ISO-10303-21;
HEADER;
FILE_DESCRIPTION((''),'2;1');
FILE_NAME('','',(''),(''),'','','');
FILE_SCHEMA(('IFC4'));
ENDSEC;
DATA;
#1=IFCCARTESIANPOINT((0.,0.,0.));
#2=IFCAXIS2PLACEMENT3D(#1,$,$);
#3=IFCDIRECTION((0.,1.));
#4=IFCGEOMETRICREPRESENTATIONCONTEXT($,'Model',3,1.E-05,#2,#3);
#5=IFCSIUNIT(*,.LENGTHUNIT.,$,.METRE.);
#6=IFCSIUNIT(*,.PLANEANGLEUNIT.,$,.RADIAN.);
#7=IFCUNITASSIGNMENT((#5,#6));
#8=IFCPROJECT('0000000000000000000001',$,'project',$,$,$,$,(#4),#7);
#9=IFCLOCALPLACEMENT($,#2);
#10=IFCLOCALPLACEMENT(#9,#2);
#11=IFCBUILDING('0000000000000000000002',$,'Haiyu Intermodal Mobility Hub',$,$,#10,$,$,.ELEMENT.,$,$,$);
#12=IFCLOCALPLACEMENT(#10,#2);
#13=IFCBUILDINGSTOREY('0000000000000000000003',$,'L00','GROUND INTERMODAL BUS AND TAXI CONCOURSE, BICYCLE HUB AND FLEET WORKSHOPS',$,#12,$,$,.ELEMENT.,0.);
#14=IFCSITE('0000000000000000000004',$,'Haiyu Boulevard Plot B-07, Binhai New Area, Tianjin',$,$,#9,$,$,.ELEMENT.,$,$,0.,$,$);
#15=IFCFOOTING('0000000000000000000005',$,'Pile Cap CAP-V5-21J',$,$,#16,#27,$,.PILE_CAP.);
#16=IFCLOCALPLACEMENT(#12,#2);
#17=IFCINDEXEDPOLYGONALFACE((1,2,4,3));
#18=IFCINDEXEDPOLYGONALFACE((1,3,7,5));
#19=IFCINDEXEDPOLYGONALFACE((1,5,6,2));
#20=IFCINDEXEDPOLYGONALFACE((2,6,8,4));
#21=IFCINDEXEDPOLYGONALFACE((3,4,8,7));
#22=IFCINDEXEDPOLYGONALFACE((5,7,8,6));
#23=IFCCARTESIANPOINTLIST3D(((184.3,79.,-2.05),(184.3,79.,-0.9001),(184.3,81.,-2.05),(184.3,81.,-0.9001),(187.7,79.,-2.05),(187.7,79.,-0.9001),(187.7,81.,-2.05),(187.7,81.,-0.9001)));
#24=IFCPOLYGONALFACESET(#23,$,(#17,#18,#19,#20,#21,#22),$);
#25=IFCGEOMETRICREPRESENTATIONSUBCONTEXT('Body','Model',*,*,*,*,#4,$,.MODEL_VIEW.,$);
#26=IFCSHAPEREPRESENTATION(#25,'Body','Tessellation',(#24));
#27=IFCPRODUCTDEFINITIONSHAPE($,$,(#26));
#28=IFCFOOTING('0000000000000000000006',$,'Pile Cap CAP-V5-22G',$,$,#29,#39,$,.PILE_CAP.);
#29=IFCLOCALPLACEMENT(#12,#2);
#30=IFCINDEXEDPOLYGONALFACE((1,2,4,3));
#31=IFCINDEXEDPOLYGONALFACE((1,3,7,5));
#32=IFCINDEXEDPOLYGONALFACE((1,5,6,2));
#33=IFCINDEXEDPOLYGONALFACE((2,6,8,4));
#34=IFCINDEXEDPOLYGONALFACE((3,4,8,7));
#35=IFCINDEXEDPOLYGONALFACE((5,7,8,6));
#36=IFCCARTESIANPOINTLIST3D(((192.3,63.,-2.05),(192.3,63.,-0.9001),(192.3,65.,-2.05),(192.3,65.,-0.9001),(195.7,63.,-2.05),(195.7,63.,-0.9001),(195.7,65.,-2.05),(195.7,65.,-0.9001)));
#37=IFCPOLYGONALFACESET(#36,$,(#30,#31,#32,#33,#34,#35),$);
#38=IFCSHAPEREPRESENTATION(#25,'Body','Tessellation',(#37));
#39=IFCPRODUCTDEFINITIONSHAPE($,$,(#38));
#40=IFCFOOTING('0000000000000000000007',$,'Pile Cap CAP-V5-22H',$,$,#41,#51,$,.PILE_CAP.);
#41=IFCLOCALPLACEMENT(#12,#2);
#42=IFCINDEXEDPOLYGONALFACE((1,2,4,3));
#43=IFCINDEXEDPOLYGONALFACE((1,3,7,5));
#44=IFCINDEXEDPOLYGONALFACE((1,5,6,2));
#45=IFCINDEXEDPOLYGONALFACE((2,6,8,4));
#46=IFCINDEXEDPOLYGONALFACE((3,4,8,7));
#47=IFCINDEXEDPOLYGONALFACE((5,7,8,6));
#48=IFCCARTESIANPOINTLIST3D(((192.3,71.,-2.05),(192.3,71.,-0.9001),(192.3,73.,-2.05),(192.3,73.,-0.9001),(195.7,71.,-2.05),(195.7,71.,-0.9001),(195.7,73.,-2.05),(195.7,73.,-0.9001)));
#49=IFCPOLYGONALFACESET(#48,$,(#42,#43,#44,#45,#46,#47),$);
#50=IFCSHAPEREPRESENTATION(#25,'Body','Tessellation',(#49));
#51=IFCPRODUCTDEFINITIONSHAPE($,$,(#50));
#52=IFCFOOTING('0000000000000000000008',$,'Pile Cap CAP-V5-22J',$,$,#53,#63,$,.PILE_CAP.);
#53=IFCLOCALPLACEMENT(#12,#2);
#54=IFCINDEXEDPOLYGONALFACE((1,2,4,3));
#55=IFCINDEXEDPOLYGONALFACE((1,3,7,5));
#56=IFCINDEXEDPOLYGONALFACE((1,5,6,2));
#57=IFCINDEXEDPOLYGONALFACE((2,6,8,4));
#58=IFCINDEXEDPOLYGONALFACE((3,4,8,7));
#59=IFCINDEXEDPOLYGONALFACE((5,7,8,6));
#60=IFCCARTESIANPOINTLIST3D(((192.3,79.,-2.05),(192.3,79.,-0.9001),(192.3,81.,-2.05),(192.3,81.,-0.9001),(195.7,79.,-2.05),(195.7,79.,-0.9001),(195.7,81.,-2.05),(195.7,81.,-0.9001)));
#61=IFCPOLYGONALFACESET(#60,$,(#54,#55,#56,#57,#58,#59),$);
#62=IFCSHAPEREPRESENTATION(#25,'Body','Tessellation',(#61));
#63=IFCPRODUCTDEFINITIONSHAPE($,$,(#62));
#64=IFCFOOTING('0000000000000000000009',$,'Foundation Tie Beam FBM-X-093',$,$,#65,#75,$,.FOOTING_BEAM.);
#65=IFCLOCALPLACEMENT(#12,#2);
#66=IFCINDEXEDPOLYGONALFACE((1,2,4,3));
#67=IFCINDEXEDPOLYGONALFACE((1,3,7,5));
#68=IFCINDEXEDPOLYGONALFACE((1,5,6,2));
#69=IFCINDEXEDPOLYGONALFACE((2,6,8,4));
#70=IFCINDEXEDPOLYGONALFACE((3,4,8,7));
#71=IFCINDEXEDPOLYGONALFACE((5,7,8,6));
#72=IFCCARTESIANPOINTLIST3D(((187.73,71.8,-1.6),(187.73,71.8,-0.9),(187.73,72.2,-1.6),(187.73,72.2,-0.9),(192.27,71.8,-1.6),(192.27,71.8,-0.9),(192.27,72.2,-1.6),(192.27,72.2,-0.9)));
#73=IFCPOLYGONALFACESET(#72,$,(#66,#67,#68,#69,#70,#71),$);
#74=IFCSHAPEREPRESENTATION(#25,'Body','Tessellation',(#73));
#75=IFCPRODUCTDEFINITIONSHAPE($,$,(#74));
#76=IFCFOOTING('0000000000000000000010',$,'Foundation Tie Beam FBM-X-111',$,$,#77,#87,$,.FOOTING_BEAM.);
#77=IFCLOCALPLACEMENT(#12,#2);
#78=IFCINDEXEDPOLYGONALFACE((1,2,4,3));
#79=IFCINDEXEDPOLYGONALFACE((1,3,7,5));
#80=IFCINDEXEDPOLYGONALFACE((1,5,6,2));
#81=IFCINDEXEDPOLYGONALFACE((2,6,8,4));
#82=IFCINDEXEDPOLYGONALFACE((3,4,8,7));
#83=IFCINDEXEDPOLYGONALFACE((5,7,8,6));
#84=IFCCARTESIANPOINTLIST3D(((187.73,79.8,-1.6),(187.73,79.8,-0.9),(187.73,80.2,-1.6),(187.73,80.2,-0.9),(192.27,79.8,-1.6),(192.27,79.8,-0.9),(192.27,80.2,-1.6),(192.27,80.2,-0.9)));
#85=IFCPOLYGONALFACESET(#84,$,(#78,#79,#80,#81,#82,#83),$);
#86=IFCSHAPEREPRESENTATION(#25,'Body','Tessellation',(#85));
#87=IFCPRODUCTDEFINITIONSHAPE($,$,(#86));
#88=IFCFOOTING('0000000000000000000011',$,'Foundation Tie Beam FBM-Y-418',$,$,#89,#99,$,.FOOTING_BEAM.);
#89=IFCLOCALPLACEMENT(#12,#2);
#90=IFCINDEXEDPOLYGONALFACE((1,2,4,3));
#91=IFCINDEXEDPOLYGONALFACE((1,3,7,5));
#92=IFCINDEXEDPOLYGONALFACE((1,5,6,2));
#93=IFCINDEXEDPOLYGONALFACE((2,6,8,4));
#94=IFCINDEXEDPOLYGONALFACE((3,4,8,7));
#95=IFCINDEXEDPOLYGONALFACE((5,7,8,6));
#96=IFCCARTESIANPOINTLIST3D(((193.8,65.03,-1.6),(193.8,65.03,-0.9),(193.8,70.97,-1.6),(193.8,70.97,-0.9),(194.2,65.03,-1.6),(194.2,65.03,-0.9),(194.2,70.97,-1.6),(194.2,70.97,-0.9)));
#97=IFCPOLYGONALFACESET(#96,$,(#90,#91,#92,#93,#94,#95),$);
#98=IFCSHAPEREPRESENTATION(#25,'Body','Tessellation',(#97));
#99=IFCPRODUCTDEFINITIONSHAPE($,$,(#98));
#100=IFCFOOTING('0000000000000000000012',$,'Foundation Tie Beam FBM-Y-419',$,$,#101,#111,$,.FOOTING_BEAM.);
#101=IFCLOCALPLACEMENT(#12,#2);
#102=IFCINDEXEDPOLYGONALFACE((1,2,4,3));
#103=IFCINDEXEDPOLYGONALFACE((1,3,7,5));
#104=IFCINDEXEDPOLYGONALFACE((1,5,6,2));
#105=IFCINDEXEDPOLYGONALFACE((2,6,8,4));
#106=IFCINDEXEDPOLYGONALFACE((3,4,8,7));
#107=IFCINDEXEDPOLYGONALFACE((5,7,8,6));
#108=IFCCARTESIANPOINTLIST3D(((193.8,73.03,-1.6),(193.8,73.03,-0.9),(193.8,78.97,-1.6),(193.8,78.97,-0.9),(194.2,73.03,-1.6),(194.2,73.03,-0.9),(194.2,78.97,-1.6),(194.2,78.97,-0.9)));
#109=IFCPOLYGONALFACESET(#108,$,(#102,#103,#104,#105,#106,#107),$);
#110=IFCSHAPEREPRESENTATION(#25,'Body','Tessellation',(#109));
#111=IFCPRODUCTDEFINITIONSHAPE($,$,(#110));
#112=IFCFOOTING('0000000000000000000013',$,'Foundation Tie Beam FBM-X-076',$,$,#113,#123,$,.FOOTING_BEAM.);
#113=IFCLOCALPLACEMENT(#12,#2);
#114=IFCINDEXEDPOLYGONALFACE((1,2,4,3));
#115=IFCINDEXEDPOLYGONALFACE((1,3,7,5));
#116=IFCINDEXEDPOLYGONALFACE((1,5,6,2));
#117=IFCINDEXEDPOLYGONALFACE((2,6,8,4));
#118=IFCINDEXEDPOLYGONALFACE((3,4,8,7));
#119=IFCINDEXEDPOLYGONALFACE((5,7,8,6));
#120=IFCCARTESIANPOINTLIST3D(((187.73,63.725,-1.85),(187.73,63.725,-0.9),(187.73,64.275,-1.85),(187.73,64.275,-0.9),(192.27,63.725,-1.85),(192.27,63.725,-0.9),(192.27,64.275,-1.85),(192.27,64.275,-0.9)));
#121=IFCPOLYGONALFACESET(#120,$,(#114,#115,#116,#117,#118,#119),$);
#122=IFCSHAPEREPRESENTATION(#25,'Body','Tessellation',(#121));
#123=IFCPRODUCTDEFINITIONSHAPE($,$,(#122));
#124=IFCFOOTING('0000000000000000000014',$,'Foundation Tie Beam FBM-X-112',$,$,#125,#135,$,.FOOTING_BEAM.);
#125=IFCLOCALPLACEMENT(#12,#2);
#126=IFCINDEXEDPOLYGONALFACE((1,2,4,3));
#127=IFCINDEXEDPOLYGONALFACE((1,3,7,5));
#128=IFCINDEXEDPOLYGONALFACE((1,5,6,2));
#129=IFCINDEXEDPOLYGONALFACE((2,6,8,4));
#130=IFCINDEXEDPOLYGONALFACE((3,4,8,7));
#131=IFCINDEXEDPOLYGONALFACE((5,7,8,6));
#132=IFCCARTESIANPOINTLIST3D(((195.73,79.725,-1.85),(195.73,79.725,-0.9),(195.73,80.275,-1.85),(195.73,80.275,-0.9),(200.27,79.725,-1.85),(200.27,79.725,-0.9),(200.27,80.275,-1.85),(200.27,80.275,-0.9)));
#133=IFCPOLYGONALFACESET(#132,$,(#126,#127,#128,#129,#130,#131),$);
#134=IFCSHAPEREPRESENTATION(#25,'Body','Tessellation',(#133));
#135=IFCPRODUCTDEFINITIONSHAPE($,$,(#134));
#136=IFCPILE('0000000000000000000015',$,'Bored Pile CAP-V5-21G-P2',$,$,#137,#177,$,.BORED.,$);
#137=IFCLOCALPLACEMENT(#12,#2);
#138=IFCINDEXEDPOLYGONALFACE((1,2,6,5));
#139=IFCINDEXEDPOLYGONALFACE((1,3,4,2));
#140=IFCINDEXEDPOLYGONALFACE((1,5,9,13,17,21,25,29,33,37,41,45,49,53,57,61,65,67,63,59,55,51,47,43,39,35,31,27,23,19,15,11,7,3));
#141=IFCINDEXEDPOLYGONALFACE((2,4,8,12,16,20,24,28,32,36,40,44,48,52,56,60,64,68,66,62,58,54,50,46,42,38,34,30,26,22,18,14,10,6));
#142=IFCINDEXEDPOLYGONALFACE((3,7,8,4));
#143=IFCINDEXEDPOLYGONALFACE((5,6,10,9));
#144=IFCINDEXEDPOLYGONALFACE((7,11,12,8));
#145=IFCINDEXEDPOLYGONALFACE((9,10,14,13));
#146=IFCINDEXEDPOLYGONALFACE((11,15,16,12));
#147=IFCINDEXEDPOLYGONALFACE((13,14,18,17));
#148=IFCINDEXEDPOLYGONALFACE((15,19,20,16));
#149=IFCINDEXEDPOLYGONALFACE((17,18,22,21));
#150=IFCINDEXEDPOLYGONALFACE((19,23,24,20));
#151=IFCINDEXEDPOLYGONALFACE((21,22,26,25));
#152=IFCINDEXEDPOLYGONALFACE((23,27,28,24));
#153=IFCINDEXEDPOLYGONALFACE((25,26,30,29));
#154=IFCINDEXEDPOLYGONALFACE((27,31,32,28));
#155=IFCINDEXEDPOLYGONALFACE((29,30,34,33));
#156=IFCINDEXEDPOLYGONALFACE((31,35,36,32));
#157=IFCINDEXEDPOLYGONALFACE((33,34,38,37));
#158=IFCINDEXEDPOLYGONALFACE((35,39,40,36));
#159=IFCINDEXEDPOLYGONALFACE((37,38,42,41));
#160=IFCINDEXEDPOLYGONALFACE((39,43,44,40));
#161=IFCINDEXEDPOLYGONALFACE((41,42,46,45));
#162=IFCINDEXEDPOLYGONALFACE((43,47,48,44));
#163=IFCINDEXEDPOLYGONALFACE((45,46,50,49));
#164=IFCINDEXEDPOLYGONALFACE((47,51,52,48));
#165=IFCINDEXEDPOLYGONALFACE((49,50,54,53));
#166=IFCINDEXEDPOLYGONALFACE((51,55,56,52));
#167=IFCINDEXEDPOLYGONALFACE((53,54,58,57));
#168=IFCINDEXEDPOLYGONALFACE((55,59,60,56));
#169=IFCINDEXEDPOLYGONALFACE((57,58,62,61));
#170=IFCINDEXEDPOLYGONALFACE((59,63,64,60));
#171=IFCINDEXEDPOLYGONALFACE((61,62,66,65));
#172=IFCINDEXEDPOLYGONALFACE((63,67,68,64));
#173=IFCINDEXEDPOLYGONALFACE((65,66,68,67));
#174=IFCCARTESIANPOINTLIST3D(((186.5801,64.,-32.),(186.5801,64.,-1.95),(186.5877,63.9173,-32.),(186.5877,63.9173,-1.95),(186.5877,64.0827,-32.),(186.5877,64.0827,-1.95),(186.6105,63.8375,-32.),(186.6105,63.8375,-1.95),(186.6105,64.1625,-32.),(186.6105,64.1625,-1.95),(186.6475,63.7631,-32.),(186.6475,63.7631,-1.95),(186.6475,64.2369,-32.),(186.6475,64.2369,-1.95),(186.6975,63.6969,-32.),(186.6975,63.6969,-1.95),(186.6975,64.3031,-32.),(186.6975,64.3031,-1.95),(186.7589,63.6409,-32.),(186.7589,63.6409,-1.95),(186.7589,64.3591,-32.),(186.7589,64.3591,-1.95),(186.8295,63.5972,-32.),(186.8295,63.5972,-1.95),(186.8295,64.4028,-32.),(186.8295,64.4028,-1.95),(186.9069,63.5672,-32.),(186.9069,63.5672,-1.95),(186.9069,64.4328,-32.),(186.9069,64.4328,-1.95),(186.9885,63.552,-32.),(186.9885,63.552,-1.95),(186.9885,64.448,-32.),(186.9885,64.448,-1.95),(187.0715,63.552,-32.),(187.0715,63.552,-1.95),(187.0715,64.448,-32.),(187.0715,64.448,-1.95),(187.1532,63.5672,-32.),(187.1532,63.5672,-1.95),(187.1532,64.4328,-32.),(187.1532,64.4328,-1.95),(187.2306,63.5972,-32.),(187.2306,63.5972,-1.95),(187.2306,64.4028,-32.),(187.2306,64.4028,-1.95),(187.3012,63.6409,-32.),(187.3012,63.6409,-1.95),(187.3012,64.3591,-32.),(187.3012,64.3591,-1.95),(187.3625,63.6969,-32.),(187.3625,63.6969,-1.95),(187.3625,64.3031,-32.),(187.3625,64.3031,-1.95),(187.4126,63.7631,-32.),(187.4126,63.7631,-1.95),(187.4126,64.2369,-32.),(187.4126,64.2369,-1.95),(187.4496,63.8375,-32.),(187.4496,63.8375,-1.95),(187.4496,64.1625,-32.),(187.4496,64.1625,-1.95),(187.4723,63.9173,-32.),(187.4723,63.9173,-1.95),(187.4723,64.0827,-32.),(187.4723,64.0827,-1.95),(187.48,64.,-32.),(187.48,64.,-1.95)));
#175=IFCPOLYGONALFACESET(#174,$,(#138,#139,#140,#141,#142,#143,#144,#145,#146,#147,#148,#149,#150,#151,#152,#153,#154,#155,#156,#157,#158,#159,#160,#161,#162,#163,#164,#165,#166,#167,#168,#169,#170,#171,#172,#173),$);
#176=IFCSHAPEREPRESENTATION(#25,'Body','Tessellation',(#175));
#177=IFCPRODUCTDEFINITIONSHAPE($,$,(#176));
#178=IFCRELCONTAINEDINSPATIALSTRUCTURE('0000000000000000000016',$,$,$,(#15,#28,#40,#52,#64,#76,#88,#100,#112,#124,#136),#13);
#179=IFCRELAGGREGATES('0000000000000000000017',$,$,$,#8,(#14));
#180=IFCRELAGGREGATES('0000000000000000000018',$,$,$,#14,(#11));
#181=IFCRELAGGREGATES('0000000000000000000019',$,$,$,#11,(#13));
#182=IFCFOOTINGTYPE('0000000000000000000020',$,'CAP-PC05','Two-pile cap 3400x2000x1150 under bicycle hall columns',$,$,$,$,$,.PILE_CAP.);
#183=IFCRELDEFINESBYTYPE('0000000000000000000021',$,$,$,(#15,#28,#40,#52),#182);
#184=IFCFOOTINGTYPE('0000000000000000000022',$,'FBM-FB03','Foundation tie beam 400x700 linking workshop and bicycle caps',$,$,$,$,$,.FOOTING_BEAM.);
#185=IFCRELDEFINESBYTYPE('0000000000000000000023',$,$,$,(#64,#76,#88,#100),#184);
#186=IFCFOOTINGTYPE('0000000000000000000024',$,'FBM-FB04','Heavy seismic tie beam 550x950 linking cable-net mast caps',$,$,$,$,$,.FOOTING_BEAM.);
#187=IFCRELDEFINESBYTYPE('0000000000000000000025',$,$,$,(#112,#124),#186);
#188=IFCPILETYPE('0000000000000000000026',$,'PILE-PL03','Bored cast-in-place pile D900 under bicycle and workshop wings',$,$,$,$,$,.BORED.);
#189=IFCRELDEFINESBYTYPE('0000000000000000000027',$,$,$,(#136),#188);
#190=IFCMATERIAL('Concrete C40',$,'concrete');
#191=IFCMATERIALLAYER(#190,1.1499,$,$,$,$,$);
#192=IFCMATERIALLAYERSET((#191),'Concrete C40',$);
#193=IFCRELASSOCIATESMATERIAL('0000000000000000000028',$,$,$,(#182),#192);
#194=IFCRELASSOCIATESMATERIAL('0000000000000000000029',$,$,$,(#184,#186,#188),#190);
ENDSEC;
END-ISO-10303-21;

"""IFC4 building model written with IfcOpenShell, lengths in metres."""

from ifc_helpers import new_model, si_unit, direction, frame, origin, origin_2d, place, context, subcontext, project, spatial, rectangle, circle, extrude, material, layer, layer_set, material_profile, profile_set, type_object, element, save


model = new_model("IFC4")

# Units and contexts
model_context = context("Model", 3, precision=1e-05, world=origin(), true_north=direction((0.0, 1.0)))
body_context = subcontext(model_context, "Body", "Model", "MODEL_VIEW")
ifc_project = project(units=[si_unit("LENGTHUNIT", "METRE"), si_unit("PLANEANGLEUNIT", "RADIAN")], contexts=[model_context])

# Site, building, storey
site_placement = place(None, origin())
site = spatial("IfcSite", under=ifc_project, at=site_placement, Name="Haiyu Boulevard Plot B-07, Binhai New Area, Tianjin", CompositionType="ELEMENT", RefElevation=0.0)
building_placement = place(site_placement, origin())
building = spatial("IfcBuilding", under=site, at=building_placement, Name="Haiyu Intermodal Mobility Hub", CompositionType="ELEMENT")
storey_placement = place(building_placement, origin())
storey = spatial("IfcBuildingStorey", under=building, at=storey_placement, Name="L00", Description="GROUND INTERMODAL BUS AND TAXI CONCOURSE, BICYCLE HUB AND FLEET WORKSHOPS", CompositionType="ELEMENT", Elevation=0.0)

# Footings
ifc_material_1 = material(Name="Concrete C40", Category="concrete")
ifc_layer_1 = layer(ifc_material_1, 1.1499)
ifc_layer_set_1 = layer_set([ifc_layer_1], Name="Concrete C40")
footing_type_1 = type_object("IfcFootingType", Name="CAP-PC05", Description="Two-pile cap 3400x2000x1150 under bicycle hall columns", PredefinedType="PILE_CAP", material=ifc_layer_set_1)
for number, where, z_axis, x_axis, name in (
    (1, (186.0, 80.0, -2.05), (0.0, 0.0, 1.0), (1.0, 0.0, 0.0), "Pile Cap CAP-V5-21J"),
    (2, (194.0, 64.0, -2.05), (0.0, 0.0, 1.0), (1.0, 0.0, 0.0), "Pile Cap CAP-V5-22G"),
    (3, (194.0, 72.0, -2.05), (0.0, 0.0, 1.0), (1.0, 0.0, 0.0), "Pile Cap CAP-V5-22H"),
    (4, (194.0, 80.0, -2.05), (0.0, 0.0, 1.0), (1.0, 0.0, 0.0), "Pile Cap CAP-V5-22J"),
):
    element("IfcFooting", number, at=place(storey_placement, frame(where, z_axis=z_axis, x_axis=x_axis)), inside=storey, type_object=footing_type_1, Name=name, PredefinedType="PILE_CAP", context=body_context, shape_type="SweptSolid", body=[
        extrude(rectangle(XDim=3.3999, YDim=2.0, at=origin_2d()), origin(), (0.0, 0.0, 1.0), 1.1499),
    ])
ifc_material_profile_1 = material_profile(ifc_material_1, rectangle(XDim=0.3999, YDim=0.7, at=origin_2d()), Name="FB400x700")
ifc_profile_set_1 = profile_set([ifc_material_profile_1], Name="Concrete C40")
footing_type_2 = type_object("IfcFootingType", Name="FBM-FB03", Description="Foundation tie beam 400x700 linking workshop and bicycle caps", PredefinedType="FOOTING_BEAM", material=ifc_profile_set_1)
for number, where, z_axis, x_axis, name in (
    (5, (187.73, 72.0, -1.25), (1.0, 0.0, 0.0), (0.0, 1.0, 0.0), "Foundation Tie Beam FBM-X-093"),
    (6, (187.73, 80.0, -1.25), (1.0, 0.0, 0.0), (0.0, 1.0, 0.0), "Foundation Tie Beam FBM-X-111"),
):
    element("IfcFooting", number, at=place(storey_placement, frame(where, z_axis=z_axis, x_axis=x_axis)), inside=storey, type_object=footing_type_2, Name=name, PredefinedType="FOOTING_BEAM", context=body_context, shape_type="SweptSolid", body=[
        extrude(rectangle(XDim=0.3999, YDim=0.7, at=origin_2d()), origin(), (0.0, 0.0, 1.0), 4.54),
    ])
for number, where, z_axis, x_axis, name in (
    (7, (194.0, 65.03, -1.25), (0.0, 1.0, 0.0), (-1.0, 0.0, 0.0), "Foundation Tie Beam FBM-Y-418"),
    (8, (194.0, 73.03, -1.25), (0.0, 1.0, 0.0), (-1.0, 0.0, 0.0), "Foundation Tie Beam FBM-Y-419"),
):
    element("IfcFooting", number, at=place(storey_placement, frame(where, z_axis=z_axis, x_axis=x_axis)), inside=storey, type_object=footing_type_2, Name=name, PredefinedType="FOOTING_BEAM", context=body_context, shape_type="SweptSolid", body=[
        extrude(rectangle(XDim=0.3999, YDim=0.7, at=origin_2d()), origin(), (0.0, 0.0, 1.0), 5.9399),
    ])
ifc_material_profile_2 = material_profile(ifc_material_1, rectangle(XDim=0.55, YDim=0.95, at=origin_2d()), Name="FB550x950")
ifc_profile_set_2 = profile_set([ifc_material_profile_2], Name="Concrete C40")
footing_type_3 = type_object("IfcFootingType", Name="FBM-FB04", Description="Heavy seismic tie beam 550x950 linking cable-net mast caps", PredefinedType="FOOTING_BEAM", material=ifc_profile_set_2)
for number, where, z_axis, x_axis, name in (
    (9, (187.73, 64.0, -1.375), (1.0, 0.0, 0.0), (0.0, 1.0, 0.0), "Foundation Tie Beam FBM-X-076"),
    (10, (195.73, 80.0, -1.375), (1.0, 0.0, 0.0), (0.0, 1.0, 0.0), "Foundation Tie Beam FBM-X-112"),
):
    element("IfcFooting", number, at=place(storey_placement, frame(where, z_axis=z_axis, x_axis=x_axis)), inside=storey, type_object=footing_type_3, Name=name, PredefinedType="FOOTING_BEAM", context=body_context, shape_type="SweptSolid", body=[
        extrude(rectangle(XDim=0.55, YDim=0.95, at=origin_2d()), origin(), (0.0, 0.0, 1.0), 4.54),
    ])

# Pile
ifc_material_profile_3 = material_profile(ifc_material_1, circle(Radius=0.45, at=origin_2d()), Name="PILE-D900")
ifc_profile_set_3 = profile_set([ifc_material_profile_3], Name="Concrete C40")
pile_type = type_object("IfcPileType", Name="PILE-PL03", Description="Bored cast-in-place pile D900 under bicycle and workshop wings", PredefinedType="BORED", material=ifc_profile_set_3)
for number, where, z_axis, x_axis, name in (
    (11, (187.03, 64.0, -1.95), (0.0, 0.0, -1.0), (1.0, 0.0, 0.0), "Bored Pile CAP-V5-21G-P2"),
):
    element("IfcPile", number, at=place(storey_placement, frame(where, z_axis=z_axis, x_axis=x_axis)), inside=storey, type_object=pile_type, Name=name, PredefinedType="BORED", context=body_context, shape_type="SweptSolid", body=[
        extrude(circle(Radius=0.45, at=origin_2d()), origin(), (0.0, 0.0, 1.0), 30.05),
    ])

save(model, "model.ifc")
